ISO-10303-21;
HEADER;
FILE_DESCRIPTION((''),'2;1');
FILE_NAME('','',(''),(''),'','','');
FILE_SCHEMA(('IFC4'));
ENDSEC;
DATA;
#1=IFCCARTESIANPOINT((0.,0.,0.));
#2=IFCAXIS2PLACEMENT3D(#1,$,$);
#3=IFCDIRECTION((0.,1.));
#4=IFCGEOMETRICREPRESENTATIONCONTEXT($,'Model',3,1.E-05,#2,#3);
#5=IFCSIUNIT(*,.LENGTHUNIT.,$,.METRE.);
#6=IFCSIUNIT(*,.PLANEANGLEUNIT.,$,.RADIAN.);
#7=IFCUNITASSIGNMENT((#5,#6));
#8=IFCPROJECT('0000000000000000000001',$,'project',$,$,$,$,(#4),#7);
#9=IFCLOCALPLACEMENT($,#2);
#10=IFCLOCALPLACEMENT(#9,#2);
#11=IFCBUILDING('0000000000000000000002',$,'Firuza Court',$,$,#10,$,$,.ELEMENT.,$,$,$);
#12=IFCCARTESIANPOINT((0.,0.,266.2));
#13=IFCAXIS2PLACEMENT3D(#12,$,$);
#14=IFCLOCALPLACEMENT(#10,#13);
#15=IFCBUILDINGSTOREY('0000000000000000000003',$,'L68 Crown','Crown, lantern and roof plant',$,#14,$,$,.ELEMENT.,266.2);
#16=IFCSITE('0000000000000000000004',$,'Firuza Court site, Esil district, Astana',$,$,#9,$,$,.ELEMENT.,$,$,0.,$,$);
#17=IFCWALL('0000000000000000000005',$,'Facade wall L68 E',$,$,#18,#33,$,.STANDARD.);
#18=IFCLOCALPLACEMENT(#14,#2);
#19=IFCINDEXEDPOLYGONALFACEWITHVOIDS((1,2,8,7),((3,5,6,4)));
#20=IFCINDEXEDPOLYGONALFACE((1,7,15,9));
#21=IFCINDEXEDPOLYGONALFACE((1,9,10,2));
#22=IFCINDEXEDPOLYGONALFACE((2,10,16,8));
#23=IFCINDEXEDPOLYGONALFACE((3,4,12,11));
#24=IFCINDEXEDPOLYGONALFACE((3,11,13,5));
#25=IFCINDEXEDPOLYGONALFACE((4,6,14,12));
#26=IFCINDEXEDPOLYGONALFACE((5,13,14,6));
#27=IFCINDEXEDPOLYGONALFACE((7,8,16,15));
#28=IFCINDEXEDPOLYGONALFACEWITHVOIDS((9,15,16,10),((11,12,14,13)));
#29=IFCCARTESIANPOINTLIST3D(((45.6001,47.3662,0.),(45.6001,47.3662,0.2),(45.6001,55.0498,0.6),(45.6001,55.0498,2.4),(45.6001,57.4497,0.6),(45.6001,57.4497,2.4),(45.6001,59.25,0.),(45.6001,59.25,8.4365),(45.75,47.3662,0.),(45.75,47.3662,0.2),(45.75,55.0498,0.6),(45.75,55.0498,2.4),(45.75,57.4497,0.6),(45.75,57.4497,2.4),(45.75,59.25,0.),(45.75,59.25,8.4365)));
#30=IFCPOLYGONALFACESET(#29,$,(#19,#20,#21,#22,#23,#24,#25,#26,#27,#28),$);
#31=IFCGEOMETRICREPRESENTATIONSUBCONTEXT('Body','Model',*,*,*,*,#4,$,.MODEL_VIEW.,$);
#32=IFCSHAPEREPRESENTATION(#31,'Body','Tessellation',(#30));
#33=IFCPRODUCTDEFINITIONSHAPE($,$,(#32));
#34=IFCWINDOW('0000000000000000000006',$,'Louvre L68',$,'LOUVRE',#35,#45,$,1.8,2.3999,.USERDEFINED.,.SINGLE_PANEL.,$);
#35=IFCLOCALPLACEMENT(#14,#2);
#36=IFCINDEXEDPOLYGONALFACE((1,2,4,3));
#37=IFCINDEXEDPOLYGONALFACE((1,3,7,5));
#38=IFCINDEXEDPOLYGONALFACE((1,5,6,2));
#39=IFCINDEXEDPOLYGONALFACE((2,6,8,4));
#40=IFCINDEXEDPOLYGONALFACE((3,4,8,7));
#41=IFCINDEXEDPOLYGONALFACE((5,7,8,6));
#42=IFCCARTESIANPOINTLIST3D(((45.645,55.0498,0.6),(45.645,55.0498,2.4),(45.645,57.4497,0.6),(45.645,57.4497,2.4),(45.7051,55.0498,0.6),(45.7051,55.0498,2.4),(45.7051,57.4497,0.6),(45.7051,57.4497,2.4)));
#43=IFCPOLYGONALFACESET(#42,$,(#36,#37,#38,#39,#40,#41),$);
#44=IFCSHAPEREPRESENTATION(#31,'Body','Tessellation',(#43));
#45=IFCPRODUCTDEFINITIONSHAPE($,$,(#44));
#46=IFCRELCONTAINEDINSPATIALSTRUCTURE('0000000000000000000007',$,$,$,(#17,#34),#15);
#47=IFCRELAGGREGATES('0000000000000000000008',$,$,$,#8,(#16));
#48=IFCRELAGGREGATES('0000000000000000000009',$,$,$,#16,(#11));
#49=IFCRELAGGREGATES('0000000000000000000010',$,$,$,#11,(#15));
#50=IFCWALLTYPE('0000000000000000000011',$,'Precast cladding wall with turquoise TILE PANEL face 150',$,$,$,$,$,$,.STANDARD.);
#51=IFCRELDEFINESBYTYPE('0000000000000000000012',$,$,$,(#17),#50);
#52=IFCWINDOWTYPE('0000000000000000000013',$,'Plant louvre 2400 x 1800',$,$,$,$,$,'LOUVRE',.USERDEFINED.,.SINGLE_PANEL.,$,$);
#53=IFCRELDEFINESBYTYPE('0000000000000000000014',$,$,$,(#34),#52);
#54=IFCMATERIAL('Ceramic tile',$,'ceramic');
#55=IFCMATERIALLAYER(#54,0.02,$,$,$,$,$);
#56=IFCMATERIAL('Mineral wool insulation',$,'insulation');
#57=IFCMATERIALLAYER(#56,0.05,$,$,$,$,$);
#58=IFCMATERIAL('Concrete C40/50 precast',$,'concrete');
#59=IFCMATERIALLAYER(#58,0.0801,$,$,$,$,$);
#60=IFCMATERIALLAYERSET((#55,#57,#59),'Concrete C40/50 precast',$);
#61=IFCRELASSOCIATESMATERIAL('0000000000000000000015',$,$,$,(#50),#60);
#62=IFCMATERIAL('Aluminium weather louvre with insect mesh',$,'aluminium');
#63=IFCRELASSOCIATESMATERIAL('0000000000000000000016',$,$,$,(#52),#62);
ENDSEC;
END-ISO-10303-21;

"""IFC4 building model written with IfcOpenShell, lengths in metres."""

from ifc_helpers import new_model, si_unit, direction, frame, frame_2d, origin, place, context, subcontext, project, spatial, polyline, rectangle, outline, extrude, material, layer, layer_set, type_object, element, fill, save


model = new_model("IFC4")

# Units and contexts
model_context = context("Model", 3, precision=1e-05, world=origin(), true_north=direction((0.0, 1.0)))
body_context = subcontext(model_context, "Body", "Model", "MODEL_VIEW")
ifc_project = project(units=[si_unit("LENGTHUNIT", "METRE"), si_unit("PLANEANGLEUNIT", "RADIAN")], contexts=[model_context])

# Site, building, storey
site_placement = place(None, origin())
site = spatial("IfcSite", under=ifc_project, at=site_placement, Name="Firuza Court site, Esil district, Astana", CompositionType="ELEMENT", RefElevation=0.0)
building_placement = place(site_placement, origin())
building = spatial("IfcBuilding", under=site, at=building_placement, Name="Firuza Court", CompositionType="ELEMENT")
storey_placement = place(building_placement, frame((0.0, 0.0, 266.2)))
storey = spatial("IfcBuildingStorey", under=building, at=storey_placement, Name="L68 Crown", Description="Crown, lantern and roof plant", CompositionType="ELEMENT", Elevation=266.2)

# Shared definitions
ifc_material_1 = material(Name="Ceramic tile", Category="ceramic")
ifc_material_2 = material(Name="Mineral wool insulation", Category="insulation")
ifc_material_3 = material(Name="Concrete C40/50 precast", Category="concrete")

# Wall, opening, window
ifc_layer_1 = layer(ifc_material_1, 0.02)
ifc_layer_2 = layer(ifc_material_2, 0.05)
ifc_layer_3 = layer(ifc_material_3, 0.0801)
ifc_layer_set_1 = layer_set([ifc_layer_1, ifc_layer_2, ifc_layer_3], Name="Concrete C40/50 precast")
wall_type = type_object("IfcWallType", Name="Precast cladding wall with turquoise TILE PANEL face 150", PredefinedType="STANDARD", material=ifc_layer_set_1)
wall_placement = place(storey_placement, frame((45.675, 47.3662, 0.0), z_axis=(0.0, 0.0, 1.0), x_axis=(0.0, 1.0, 0.0)))
wall = element("IfcWall", 1, at=wall_placement, inside=storey, type_object=wall_type, Name="Facade wall L68 E", PredefinedType="STANDARD", context=body_context, shape_type="SweptSolid", body=[
    extrude(outline(polyline([(0.0, 0.0), (11.8838, 0.0), (11.8838, 8.4365), (0.0, 0.2), (0.0, 0.0)])), frame((0.0, 0.075, 0.0), z_axis=(0.0, -1.0, 0.0), x_axis=(1.0, 0.0, 0.0)), (0.0, 0.0, 1.0), 0.1499),
])
opening_placement = place(wall_placement, frame((7.6836, 0.0, 0.6001)))
opening = element("IfcOpeningElement", 2, at=opening_placement, cuts=wall, PredefinedType="OPENING", context=body_context, shape_type="SweptSolid", body=[
    extrude(rectangle(XDim=2.3999, YDim=1.8, at=frame_2d((1.2, 0.8999))), frame((0.0, 0.0869, 0.0), z_axis=(0.0, -1.0, 0.0), x_axis=(1.0, 0.0, 0.0)), (0.0, 0.0, 1.0), 0.1738),
])
ifc_material_4 = material(Name="Aluminium weather louvre with insect mesh", Category="aluminium")
window_type = type_object("IfcWindowType", Name="Plant louvre 2400 x 1800", ElementType="LOUVRE", PartitioningType="SINGLE_PANEL", PredefinedType="USERDEFINED", material=ifc_material_4)
window_placement = place(opening_placement, origin())
window = element("IfcWindow", 3, at=window_placement, inside=storey, type_object=window_type, Name="Louvre L68", ObjectType="LOUVRE", OverallHeight=1.8, OverallWidth=2.3999, PartitioningType="SINGLE_PANEL", PredefinedType="USERDEFINED", context=body_context, shape_type="SweptSolid", body=[
    extrude(rectangle(XDim=2.3999, YDim=1.8, at=frame_2d((1.2, 0.8999))), frame((0.0, 0.03, 0.0), z_axis=(0.0, -1.0, 0.0), x_axis=(1.0, 0.0, 0.0)), (0.0, 0.0, 1.0), 0.0601),
])
fill(opening, window)

save(model, "model.ifc")
